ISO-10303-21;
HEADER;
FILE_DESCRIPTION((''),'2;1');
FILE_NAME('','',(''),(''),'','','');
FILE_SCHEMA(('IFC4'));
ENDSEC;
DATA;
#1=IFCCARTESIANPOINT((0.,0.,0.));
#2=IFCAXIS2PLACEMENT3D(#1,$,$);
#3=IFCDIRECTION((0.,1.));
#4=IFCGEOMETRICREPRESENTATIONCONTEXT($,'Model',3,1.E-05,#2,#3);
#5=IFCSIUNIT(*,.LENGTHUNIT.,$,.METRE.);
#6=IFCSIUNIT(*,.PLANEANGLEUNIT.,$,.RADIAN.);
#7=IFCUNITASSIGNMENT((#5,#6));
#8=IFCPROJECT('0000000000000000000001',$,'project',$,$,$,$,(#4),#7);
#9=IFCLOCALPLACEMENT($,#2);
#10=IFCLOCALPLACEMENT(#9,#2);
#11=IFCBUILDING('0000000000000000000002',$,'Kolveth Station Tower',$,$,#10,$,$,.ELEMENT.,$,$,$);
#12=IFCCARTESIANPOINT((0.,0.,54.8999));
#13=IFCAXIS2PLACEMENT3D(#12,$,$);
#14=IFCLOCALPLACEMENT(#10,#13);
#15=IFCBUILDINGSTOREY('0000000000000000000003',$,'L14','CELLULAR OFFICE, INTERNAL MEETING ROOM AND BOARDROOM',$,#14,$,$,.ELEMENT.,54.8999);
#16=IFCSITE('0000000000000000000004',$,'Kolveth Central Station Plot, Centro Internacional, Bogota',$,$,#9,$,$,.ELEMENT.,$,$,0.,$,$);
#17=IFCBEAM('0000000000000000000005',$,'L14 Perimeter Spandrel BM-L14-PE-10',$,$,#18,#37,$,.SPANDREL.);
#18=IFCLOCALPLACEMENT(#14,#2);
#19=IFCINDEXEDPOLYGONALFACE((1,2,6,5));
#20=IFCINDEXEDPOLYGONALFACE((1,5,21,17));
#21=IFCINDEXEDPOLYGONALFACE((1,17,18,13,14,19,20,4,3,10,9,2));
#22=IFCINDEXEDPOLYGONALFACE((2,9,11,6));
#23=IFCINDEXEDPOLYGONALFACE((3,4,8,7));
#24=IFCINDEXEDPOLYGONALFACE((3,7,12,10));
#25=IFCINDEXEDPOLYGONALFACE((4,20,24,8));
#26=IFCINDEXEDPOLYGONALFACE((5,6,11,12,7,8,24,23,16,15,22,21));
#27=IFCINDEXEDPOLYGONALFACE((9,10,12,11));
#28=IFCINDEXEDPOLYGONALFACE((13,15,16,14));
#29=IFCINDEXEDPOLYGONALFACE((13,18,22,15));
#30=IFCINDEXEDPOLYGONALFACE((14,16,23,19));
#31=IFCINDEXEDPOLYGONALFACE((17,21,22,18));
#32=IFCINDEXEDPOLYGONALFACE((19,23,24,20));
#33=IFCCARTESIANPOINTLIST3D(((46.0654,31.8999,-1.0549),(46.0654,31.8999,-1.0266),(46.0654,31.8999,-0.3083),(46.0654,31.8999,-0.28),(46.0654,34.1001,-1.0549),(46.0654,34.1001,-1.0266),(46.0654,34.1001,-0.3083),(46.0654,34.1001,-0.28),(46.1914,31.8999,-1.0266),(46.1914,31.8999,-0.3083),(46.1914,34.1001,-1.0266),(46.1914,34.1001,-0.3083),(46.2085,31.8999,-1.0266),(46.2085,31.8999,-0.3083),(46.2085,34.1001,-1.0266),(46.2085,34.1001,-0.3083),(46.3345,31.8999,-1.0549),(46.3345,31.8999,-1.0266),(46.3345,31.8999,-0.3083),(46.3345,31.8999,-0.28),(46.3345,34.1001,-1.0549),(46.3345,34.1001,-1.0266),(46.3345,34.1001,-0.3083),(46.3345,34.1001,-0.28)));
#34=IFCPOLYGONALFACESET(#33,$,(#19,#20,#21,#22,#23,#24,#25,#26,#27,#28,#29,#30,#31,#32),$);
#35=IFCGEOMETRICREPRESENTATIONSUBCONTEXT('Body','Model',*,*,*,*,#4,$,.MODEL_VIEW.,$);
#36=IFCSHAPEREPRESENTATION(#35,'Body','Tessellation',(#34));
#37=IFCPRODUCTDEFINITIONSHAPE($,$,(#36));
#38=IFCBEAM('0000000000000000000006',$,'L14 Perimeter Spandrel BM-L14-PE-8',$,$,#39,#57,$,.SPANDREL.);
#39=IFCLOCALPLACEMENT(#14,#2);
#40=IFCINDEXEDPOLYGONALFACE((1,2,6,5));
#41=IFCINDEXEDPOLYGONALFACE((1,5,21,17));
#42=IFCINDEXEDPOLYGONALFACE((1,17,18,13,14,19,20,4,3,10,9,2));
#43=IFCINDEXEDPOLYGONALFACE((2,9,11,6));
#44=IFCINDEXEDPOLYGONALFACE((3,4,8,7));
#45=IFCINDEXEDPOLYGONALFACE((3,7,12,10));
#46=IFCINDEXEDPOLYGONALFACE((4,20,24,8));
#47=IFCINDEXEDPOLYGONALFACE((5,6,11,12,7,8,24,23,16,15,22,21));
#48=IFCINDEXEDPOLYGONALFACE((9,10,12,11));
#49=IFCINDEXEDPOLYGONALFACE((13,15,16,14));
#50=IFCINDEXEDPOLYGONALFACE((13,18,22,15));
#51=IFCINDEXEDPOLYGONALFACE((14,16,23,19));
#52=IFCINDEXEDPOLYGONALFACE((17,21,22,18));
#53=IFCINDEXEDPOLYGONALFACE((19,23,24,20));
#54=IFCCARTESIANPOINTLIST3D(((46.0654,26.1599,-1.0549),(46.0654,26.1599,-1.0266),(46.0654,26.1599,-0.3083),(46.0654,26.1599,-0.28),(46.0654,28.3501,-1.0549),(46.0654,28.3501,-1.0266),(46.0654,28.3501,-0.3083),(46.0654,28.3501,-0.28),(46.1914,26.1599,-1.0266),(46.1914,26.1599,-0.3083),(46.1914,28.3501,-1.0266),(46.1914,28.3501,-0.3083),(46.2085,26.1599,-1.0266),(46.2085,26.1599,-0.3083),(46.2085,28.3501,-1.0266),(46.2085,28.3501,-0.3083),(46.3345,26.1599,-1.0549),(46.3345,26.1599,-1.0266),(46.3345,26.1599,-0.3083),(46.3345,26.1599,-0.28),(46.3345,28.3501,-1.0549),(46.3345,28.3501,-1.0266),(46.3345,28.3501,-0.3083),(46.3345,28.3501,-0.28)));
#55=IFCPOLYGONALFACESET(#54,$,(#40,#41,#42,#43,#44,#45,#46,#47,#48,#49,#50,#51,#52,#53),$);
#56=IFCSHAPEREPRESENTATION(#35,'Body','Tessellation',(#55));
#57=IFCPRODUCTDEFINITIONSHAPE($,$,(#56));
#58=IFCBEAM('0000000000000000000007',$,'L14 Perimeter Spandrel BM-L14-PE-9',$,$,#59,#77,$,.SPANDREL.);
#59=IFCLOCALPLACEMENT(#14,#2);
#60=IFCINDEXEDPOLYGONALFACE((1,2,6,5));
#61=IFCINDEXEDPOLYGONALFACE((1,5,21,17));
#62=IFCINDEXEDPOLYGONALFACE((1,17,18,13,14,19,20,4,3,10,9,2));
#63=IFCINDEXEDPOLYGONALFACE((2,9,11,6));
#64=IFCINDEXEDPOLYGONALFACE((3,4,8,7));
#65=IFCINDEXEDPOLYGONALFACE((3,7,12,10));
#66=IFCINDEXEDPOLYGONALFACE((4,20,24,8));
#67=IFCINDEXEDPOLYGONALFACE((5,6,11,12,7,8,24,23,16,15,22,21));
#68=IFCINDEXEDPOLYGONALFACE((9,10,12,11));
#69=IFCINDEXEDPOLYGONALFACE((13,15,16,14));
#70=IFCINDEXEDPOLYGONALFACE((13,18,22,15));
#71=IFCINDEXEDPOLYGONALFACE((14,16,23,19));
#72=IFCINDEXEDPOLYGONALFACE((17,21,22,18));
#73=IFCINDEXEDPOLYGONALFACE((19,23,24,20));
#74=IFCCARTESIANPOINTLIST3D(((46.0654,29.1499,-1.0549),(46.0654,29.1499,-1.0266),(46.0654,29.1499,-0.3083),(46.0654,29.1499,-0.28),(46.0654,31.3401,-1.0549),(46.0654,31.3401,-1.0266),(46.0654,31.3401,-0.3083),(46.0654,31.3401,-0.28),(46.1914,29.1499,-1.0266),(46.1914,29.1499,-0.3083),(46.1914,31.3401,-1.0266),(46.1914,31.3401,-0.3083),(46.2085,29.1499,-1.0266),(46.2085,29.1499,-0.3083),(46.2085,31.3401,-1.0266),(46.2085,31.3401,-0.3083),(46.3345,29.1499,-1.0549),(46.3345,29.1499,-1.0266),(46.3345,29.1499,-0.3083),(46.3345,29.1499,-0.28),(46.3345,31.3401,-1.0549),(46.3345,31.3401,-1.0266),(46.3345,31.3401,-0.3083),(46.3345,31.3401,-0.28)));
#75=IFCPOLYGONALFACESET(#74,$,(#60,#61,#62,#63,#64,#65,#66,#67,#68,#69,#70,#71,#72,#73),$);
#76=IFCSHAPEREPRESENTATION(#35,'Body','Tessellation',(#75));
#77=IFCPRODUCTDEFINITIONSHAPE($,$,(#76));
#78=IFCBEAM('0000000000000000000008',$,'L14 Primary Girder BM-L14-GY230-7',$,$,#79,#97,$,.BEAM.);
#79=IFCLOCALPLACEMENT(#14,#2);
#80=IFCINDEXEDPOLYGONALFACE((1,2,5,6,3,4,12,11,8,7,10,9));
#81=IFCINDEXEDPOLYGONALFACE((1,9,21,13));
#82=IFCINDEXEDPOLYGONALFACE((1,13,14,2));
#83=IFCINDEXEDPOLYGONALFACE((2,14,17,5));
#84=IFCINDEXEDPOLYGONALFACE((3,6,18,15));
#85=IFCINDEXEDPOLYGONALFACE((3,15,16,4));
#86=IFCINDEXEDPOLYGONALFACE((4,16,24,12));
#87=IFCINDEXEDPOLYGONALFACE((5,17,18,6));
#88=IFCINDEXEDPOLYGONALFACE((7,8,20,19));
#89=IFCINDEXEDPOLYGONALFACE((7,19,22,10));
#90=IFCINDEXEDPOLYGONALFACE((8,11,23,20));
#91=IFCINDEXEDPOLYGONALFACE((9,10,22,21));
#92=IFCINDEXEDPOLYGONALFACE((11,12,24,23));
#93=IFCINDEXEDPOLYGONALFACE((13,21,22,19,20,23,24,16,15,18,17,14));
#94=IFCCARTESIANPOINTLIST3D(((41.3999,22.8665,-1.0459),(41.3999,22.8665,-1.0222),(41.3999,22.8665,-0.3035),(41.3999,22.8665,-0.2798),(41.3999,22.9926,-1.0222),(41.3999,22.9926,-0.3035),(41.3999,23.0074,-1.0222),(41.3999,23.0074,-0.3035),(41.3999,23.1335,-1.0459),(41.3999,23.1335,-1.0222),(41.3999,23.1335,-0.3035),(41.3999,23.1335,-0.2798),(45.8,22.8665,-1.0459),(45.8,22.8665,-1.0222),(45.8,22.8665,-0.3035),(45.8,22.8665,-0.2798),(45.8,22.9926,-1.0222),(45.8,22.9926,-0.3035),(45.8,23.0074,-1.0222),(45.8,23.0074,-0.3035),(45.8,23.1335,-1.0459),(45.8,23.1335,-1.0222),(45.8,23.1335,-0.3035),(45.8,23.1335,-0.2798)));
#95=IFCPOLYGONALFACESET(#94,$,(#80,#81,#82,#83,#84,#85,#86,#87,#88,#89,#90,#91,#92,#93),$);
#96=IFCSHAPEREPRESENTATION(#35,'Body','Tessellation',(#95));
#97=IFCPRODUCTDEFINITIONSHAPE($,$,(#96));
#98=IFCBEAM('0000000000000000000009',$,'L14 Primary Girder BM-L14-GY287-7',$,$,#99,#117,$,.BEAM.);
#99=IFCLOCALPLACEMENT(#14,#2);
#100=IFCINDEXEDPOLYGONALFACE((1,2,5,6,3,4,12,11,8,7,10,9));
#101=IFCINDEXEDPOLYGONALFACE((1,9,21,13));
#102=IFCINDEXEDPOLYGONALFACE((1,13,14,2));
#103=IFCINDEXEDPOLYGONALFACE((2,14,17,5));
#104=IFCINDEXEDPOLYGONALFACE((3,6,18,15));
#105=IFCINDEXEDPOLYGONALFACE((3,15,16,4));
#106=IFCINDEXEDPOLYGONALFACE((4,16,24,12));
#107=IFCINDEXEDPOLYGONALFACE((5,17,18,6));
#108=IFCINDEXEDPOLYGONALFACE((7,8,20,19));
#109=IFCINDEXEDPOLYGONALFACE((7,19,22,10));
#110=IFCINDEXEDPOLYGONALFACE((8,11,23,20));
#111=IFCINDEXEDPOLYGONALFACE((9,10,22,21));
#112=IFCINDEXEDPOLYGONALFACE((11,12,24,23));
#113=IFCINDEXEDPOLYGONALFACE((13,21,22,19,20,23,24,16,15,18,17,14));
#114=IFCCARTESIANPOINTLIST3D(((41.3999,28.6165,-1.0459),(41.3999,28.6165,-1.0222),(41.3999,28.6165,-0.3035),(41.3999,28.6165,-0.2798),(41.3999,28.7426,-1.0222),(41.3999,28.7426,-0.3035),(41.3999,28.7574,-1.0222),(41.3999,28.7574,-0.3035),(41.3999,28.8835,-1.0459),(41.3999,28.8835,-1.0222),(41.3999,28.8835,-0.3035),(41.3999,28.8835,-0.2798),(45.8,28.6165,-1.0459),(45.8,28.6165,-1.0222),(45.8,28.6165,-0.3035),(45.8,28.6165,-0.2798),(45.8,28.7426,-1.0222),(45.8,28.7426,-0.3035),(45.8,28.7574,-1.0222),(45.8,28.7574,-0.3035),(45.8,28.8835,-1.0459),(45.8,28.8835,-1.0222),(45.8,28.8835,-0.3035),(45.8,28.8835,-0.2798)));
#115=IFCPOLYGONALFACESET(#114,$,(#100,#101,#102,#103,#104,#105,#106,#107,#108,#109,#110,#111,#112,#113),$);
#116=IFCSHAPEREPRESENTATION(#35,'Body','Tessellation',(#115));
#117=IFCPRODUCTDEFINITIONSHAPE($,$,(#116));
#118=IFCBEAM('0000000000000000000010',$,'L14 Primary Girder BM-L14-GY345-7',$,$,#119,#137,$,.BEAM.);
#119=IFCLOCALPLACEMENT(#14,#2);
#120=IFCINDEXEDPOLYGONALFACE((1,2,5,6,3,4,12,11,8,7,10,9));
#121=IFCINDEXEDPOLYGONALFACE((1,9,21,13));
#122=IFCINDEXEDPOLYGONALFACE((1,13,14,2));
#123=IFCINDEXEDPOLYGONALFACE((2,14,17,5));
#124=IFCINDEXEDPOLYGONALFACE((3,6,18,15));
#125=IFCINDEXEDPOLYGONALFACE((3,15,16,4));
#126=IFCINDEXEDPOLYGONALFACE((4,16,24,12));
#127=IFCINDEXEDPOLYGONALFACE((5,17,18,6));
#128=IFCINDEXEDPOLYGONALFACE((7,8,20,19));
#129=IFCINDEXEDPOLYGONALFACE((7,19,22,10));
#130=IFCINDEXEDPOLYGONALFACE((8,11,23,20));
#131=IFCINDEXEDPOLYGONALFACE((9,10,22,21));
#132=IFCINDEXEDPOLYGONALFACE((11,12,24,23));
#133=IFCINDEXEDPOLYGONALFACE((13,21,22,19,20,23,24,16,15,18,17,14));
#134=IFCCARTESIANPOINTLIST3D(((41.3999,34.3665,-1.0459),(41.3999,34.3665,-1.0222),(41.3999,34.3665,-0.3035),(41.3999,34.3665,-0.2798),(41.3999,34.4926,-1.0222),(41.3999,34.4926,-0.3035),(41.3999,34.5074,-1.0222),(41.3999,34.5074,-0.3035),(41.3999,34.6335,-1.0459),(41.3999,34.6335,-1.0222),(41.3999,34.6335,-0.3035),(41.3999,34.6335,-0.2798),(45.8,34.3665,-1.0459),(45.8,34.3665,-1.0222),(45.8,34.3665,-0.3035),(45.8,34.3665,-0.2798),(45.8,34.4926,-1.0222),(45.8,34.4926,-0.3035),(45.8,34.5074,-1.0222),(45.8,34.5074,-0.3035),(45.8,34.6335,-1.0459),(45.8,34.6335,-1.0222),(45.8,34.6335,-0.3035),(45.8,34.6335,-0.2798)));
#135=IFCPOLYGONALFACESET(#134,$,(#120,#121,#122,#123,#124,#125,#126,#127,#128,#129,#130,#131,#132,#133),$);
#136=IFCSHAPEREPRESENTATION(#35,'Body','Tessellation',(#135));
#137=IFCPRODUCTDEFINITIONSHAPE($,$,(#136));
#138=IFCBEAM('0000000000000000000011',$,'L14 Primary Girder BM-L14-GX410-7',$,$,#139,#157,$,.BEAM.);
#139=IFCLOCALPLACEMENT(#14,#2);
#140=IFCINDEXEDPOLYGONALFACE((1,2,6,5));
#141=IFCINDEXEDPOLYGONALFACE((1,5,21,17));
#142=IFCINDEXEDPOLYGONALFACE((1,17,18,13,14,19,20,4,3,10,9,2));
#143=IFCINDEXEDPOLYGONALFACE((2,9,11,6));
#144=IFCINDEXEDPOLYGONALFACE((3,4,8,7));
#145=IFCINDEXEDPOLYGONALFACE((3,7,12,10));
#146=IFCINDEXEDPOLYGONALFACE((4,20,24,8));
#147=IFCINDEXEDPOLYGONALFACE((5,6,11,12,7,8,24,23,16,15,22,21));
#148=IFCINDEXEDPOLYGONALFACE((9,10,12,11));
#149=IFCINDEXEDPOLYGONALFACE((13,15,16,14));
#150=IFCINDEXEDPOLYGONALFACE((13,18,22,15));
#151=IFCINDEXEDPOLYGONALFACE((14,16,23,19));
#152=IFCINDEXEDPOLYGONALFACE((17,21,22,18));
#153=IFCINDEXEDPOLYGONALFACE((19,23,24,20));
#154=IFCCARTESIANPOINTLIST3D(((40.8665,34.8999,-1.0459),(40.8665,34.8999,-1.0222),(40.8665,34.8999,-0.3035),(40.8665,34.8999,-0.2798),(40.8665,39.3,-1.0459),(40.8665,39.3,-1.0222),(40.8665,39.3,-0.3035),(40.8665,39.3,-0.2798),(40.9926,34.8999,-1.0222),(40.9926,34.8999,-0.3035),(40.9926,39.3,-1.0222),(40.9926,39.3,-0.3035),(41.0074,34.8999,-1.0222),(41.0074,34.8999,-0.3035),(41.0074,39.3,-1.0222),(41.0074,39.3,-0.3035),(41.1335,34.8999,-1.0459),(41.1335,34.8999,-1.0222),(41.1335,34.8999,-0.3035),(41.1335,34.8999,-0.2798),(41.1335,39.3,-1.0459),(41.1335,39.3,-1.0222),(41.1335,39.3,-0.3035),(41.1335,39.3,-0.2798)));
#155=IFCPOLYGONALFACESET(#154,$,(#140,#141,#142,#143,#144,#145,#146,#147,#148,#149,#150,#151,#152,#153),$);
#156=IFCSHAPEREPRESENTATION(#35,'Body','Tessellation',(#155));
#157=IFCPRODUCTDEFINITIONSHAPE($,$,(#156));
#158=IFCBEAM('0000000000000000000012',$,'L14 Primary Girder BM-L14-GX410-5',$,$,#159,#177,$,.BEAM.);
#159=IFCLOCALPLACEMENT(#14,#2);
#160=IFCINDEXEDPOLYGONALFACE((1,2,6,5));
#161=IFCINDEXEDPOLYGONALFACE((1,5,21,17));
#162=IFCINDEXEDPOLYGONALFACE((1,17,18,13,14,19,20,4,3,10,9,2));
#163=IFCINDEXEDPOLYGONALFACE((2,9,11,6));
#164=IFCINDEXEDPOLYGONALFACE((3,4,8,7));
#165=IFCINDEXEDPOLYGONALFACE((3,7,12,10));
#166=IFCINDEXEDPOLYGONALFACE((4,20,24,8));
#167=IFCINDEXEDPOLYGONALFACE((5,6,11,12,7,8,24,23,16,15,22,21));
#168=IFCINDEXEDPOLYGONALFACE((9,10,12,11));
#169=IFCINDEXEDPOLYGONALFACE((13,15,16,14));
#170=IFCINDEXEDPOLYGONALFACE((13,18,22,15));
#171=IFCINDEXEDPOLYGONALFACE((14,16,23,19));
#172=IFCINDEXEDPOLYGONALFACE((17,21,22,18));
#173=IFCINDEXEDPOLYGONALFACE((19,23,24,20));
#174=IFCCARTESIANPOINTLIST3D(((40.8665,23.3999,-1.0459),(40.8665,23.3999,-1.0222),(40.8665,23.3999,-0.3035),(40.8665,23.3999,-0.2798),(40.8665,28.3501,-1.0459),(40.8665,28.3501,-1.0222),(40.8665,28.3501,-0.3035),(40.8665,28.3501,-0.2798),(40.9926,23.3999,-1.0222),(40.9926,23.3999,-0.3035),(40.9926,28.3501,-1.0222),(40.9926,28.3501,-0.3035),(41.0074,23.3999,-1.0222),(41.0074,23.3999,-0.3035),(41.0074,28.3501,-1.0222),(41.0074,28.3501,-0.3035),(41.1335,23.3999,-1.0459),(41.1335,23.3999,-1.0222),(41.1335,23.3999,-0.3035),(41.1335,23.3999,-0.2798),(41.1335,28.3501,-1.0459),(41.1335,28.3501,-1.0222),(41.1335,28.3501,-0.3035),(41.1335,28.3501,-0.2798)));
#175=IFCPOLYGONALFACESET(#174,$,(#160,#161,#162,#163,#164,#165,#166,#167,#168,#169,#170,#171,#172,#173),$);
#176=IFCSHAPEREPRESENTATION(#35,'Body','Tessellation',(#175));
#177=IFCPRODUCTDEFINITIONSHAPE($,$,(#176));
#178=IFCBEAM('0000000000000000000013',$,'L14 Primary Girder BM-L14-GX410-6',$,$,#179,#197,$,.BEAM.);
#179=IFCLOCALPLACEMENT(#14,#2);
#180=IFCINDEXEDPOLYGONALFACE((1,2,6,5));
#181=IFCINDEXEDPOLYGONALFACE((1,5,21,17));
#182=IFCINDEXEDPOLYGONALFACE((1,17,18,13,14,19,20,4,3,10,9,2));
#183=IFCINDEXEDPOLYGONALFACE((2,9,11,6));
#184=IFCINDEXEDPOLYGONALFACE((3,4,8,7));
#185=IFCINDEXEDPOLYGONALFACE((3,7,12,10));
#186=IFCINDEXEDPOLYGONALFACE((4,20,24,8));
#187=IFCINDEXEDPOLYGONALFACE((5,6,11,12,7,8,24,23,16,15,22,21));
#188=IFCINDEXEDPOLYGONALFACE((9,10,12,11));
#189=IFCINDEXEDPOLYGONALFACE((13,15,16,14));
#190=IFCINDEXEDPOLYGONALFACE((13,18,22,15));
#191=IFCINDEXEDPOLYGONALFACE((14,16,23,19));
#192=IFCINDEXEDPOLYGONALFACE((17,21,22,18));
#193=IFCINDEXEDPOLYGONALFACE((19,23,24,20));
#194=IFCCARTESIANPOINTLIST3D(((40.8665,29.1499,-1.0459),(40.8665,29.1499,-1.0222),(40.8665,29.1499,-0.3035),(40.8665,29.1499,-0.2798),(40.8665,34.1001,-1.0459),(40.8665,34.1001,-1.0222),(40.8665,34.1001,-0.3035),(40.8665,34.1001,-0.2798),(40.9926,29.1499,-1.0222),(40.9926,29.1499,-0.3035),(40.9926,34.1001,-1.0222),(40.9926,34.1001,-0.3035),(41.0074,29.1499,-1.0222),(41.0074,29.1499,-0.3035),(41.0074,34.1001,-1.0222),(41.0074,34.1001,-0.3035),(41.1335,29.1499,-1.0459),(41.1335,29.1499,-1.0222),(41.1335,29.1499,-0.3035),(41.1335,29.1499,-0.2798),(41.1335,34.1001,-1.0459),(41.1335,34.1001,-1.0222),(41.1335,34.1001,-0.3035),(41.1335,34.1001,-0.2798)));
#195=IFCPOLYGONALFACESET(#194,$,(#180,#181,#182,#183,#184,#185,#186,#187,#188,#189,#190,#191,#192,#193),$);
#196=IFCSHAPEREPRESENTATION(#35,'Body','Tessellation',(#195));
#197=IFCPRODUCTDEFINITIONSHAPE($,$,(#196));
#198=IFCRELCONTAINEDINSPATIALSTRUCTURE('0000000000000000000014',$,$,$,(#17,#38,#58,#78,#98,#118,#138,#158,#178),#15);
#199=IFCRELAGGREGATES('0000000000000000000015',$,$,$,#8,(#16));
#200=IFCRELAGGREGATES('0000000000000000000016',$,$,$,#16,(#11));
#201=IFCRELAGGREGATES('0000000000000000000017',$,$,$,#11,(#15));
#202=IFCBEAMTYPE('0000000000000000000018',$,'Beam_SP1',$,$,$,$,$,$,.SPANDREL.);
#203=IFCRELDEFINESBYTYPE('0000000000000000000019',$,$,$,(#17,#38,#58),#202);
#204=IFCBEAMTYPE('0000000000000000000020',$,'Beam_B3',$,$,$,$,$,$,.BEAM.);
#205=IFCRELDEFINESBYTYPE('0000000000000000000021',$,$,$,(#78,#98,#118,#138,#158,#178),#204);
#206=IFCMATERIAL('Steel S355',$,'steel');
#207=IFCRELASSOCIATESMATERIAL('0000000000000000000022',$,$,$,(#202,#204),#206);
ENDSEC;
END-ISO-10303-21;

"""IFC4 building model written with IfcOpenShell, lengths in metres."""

from ifc_helpers import new_model, si_unit, direction, frame, origin, origin_2d, place, context, subcontext, project, spatial, i_section, extrude, source, transform, mapped, material, material_profile, profile_set, type_object, element, save


model = new_model("IFC4")

# Units and contexts
model_context = context("Model", 3, precision=1e-05, world=origin(), true_north=direction((0.0, 1.0)))
body_context = subcontext(model_context, "Body", "Model", "MODEL_VIEW")
ifc_project = project(units=[si_unit("LENGTHUNIT", "METRE"), si_unit("PLANEANGLEUNIT", "RADIAN")], contexts=[model_context])

# Site, building, storey
site_placement = place(None, origin())
site = spatial("IfcSite", under=ifc_project, at=site_placement, Name="Kolveth Central Station Plot, Centro Internacional, Bogota", CompositionType="ELEMENT", RefElevation=0.0)
building_placement = place(site_placement, origin())
building = spatial("IfcBuilding", under=site, at=building_placement, Name="Kolveth Station Tower", CompositionType="ELEMENT")
storey_placement = place(building_placement, frame((0.0, 0.0, 54.8999)))
storey = spatial("IfcBuildingStorey", under=building, at=storey_placement, Name="L14", Description="CELLULAR OFFICE, INTERNAL MEETING ROOM AND BOARDROOM", CompositionType="ELEMENT", Elevation=54.8999)

# Shared definitions
ifc_material_1 = material(Name="Steel S355", Category="steel")

# Beams
ifc_material_profile_1 = material_profile(ifc_material_1, i_section(OverallWidth=0.269, OverallDepth=0.7749, WebThickness=0.0171, FlangeThickness=0.0283, at=origin_2d()), Name="W760x220")
ifc_profile_set_1 = profile_set([ifc_material_profile_1], Name="Steel S355")
beam_type_1 = type_object("IfcBeamType", Name="Beam_SP1", PredefinedType="SPANDREL", material=ifc_profile_set_1)
shared_shape_1 = source(origin(), body_context, "Body", "SweptSolid", [
    extrude(i_section(OverallWidth=0.269, OverallDepth=0.7749, WebThickness=0.0171, FlangeThickness=0.0283, at=origin_2d()), origin(), (0.0, 0.0, 1.0), 2.2002),
])
for number, where, z_axis, x_axis, name in (
    (1, (46.2, 31.8999, -0.6675), (0.0, 1.0, 0.0), (-1.0, 0.0, 0.0), "L14 Perimeter Spandrel BM-L14-PE-10"),
):
    element("IfcBeam", number, at=place(storey_placement, frame(where, z_axis=z_axis, x_axis=x_axis)), inside=storey, type_object=beam_type_1, Name=name, PredefinedType="SPANDREL", context=body_context, shape_type="MappedRepresentation", body=[
        mapped(shared_shape_1, transform((0.0, 0.0, 0.0), x_axis=(1.0, 0.0, 0.0), y_axis=(0.0, 1.0, 0.0), z_axis=(0.0, 0.0, 1.0), scale=1.0)),
    ])
shared_shape_2 = source(origin(), body_context, "Body", "SweptSolid", [
    extrude(i_section(OverallWidth=0.269, OverallDepth=0.7749, WebThickness=0.0171, FlangeThickness=0.0283, at=origin_2d()), origin(), (0.0, 0.0, 1.0), 2.1902),
])
for number, where, z_axis, x_axis, name in (
    (2, (46.2, 26.1599, -0.6675), (0.0, 1.0, 0.0), (-1.0, 0.0, 0.0), "L14 Perimeter Spandrel BM-L14-PE-8"),
    (3, (46.2, 29.1499, -0.6675), (0.0, 1.0, 0.0), (-1.0, 0.0, 0.0), "L14 Perimeter Spandrel BM-L14-PE-9"),
):
    element("IfcBeam", number, at=place(storey_placement, frame(where, z_axis=z_axis, x_axis=x_axis)), inside=storey, type_object=beam_type_1, Name=name, PredefinedType="SPANDREL", context=body_context, shape_type="MappedRepresentation", body=[
        mapped(shared_shape_2, transform((0.0, 0.0, 0.0), x_axis=(1.0, 0.0, 0.0), y_axis=(0.0, 1.0, 0.0), z_axis=(0.0, 0.0, 1.0), scale=1.0)),
    ])
ifc_material_profile_2 = material_profile(ifc_material_1, i_section(OverallWidth=0.2671, OverallDepth=0.7661, WebThickness=0.0149, FlangeThickness=0.0237, at=origin_2d()), Name="W760x185")
ifc_profile_set_2 = profile_set([ifc_material_profile_2], Name="Steel S355")
beam_type_2 = type_object("IfcBeamType", Name="Beam_B3", PredefinedType="BEAM", material=ifc_profile_set_2)
shared_shape_3 = source(origin(), body_context, "Body", "SweptSolid", [
    extrude(i_section(OverallWidth=0.2671, OverallDepth=0.7661, WebThickness=0.0149, FlangeThickness=0.0237, at=origin_2d()), origin(), (0.0, 0.0, 1.0), 4.4001),
])
for number, where, z_axis, x_axis, name in (
    (4, (41.3999, 23.0, -0.6628), (1.0, 0.0, 0.0), (0.0, 1.0, 0.0), "L14 Primary Girder BM-L14-GY230-7"),
    (5, (41.3999, 28.75, -0.6628), (1.0, 0.0, 0.0), (0.0, 1.0, 0.0), "L14 Primary Girder BM-L14-GY287-7"),
    (6, (41.3999, 34.5, -0.6628), (1.0, 0.0, 0.0), (0.0, 1.0, 0.0), "L14 Primary Girder BM-L14-GY345-7"),
    (7, (41.0, 34.8999, -0.6628), (0.0, 1.0, 0.0), (-1.0, 0.0, 0.0), "L14 Primary Girder BM-L14-GX410-7"),
):
    element("IfcBeam", number, at=place(storey_placement, frame(where, z_axis=z_axis, x_axis=x_axis)), inside=storey, type_object=beam_type_2, Name=name, PredefinedType="BEAM", context=body_context, shape_type="MappedRepresentation", body=[
        mapped(shared_shape_3, transform((0.0, 0.0, 0.0), x_axis=(1.0, 0.0, 0.0), y_axis=(0.0, 1.0, 0.0), z_axis=(0.0, 0.0, 1.0), scale=1.0)),
    ])
shared_shape_4 = source(origin(), body_context, "Body", "SweptSolid", [
    extrude(i_section(OverallWidth=0.2671, OverallDepth=0.7661, WebThickness=0.0149, FlangeThickness=0.0237, at=origin_2d()), origin(), (0.0, 0.0, 1.0), 4.9502),
])
for number, where, z_axis, x_axis, name in (
    (8, (41.0, 23.3999, -0.6628), (0.0, 1.0, 0.0), (-1.0, 0.0, 0.0), "L14 Primary Girder BM-L14-GX410-5"),
    (9, (41.0, 29.1499, -0.6628), (0.0, 1.0, 0.0), (-1.0, 0.0, 0.0), "L14 Primary Girder BM-L14-GX410-6"),
):
    element("IfcBeam", number, at=place(storey_placement, frame(where, z_axis=z_axis, x_axis=x_axis)), inside=storey, type_object=beam_type_2, Name=name, PredefinedType="BEAM", context=body_context, shape_type="MappedRepresentation", body=[
        mapped(shared_shape_4, transform((0.0, 0.0, 0.0), x_axis=(1.0, 0.0, 0.0), y_axis=(0.0, 1.0, 0.0), z_axis=(0.0, 0.0, 1.0), scale=1.0)),
    ])

save(model, "model.ifc")
